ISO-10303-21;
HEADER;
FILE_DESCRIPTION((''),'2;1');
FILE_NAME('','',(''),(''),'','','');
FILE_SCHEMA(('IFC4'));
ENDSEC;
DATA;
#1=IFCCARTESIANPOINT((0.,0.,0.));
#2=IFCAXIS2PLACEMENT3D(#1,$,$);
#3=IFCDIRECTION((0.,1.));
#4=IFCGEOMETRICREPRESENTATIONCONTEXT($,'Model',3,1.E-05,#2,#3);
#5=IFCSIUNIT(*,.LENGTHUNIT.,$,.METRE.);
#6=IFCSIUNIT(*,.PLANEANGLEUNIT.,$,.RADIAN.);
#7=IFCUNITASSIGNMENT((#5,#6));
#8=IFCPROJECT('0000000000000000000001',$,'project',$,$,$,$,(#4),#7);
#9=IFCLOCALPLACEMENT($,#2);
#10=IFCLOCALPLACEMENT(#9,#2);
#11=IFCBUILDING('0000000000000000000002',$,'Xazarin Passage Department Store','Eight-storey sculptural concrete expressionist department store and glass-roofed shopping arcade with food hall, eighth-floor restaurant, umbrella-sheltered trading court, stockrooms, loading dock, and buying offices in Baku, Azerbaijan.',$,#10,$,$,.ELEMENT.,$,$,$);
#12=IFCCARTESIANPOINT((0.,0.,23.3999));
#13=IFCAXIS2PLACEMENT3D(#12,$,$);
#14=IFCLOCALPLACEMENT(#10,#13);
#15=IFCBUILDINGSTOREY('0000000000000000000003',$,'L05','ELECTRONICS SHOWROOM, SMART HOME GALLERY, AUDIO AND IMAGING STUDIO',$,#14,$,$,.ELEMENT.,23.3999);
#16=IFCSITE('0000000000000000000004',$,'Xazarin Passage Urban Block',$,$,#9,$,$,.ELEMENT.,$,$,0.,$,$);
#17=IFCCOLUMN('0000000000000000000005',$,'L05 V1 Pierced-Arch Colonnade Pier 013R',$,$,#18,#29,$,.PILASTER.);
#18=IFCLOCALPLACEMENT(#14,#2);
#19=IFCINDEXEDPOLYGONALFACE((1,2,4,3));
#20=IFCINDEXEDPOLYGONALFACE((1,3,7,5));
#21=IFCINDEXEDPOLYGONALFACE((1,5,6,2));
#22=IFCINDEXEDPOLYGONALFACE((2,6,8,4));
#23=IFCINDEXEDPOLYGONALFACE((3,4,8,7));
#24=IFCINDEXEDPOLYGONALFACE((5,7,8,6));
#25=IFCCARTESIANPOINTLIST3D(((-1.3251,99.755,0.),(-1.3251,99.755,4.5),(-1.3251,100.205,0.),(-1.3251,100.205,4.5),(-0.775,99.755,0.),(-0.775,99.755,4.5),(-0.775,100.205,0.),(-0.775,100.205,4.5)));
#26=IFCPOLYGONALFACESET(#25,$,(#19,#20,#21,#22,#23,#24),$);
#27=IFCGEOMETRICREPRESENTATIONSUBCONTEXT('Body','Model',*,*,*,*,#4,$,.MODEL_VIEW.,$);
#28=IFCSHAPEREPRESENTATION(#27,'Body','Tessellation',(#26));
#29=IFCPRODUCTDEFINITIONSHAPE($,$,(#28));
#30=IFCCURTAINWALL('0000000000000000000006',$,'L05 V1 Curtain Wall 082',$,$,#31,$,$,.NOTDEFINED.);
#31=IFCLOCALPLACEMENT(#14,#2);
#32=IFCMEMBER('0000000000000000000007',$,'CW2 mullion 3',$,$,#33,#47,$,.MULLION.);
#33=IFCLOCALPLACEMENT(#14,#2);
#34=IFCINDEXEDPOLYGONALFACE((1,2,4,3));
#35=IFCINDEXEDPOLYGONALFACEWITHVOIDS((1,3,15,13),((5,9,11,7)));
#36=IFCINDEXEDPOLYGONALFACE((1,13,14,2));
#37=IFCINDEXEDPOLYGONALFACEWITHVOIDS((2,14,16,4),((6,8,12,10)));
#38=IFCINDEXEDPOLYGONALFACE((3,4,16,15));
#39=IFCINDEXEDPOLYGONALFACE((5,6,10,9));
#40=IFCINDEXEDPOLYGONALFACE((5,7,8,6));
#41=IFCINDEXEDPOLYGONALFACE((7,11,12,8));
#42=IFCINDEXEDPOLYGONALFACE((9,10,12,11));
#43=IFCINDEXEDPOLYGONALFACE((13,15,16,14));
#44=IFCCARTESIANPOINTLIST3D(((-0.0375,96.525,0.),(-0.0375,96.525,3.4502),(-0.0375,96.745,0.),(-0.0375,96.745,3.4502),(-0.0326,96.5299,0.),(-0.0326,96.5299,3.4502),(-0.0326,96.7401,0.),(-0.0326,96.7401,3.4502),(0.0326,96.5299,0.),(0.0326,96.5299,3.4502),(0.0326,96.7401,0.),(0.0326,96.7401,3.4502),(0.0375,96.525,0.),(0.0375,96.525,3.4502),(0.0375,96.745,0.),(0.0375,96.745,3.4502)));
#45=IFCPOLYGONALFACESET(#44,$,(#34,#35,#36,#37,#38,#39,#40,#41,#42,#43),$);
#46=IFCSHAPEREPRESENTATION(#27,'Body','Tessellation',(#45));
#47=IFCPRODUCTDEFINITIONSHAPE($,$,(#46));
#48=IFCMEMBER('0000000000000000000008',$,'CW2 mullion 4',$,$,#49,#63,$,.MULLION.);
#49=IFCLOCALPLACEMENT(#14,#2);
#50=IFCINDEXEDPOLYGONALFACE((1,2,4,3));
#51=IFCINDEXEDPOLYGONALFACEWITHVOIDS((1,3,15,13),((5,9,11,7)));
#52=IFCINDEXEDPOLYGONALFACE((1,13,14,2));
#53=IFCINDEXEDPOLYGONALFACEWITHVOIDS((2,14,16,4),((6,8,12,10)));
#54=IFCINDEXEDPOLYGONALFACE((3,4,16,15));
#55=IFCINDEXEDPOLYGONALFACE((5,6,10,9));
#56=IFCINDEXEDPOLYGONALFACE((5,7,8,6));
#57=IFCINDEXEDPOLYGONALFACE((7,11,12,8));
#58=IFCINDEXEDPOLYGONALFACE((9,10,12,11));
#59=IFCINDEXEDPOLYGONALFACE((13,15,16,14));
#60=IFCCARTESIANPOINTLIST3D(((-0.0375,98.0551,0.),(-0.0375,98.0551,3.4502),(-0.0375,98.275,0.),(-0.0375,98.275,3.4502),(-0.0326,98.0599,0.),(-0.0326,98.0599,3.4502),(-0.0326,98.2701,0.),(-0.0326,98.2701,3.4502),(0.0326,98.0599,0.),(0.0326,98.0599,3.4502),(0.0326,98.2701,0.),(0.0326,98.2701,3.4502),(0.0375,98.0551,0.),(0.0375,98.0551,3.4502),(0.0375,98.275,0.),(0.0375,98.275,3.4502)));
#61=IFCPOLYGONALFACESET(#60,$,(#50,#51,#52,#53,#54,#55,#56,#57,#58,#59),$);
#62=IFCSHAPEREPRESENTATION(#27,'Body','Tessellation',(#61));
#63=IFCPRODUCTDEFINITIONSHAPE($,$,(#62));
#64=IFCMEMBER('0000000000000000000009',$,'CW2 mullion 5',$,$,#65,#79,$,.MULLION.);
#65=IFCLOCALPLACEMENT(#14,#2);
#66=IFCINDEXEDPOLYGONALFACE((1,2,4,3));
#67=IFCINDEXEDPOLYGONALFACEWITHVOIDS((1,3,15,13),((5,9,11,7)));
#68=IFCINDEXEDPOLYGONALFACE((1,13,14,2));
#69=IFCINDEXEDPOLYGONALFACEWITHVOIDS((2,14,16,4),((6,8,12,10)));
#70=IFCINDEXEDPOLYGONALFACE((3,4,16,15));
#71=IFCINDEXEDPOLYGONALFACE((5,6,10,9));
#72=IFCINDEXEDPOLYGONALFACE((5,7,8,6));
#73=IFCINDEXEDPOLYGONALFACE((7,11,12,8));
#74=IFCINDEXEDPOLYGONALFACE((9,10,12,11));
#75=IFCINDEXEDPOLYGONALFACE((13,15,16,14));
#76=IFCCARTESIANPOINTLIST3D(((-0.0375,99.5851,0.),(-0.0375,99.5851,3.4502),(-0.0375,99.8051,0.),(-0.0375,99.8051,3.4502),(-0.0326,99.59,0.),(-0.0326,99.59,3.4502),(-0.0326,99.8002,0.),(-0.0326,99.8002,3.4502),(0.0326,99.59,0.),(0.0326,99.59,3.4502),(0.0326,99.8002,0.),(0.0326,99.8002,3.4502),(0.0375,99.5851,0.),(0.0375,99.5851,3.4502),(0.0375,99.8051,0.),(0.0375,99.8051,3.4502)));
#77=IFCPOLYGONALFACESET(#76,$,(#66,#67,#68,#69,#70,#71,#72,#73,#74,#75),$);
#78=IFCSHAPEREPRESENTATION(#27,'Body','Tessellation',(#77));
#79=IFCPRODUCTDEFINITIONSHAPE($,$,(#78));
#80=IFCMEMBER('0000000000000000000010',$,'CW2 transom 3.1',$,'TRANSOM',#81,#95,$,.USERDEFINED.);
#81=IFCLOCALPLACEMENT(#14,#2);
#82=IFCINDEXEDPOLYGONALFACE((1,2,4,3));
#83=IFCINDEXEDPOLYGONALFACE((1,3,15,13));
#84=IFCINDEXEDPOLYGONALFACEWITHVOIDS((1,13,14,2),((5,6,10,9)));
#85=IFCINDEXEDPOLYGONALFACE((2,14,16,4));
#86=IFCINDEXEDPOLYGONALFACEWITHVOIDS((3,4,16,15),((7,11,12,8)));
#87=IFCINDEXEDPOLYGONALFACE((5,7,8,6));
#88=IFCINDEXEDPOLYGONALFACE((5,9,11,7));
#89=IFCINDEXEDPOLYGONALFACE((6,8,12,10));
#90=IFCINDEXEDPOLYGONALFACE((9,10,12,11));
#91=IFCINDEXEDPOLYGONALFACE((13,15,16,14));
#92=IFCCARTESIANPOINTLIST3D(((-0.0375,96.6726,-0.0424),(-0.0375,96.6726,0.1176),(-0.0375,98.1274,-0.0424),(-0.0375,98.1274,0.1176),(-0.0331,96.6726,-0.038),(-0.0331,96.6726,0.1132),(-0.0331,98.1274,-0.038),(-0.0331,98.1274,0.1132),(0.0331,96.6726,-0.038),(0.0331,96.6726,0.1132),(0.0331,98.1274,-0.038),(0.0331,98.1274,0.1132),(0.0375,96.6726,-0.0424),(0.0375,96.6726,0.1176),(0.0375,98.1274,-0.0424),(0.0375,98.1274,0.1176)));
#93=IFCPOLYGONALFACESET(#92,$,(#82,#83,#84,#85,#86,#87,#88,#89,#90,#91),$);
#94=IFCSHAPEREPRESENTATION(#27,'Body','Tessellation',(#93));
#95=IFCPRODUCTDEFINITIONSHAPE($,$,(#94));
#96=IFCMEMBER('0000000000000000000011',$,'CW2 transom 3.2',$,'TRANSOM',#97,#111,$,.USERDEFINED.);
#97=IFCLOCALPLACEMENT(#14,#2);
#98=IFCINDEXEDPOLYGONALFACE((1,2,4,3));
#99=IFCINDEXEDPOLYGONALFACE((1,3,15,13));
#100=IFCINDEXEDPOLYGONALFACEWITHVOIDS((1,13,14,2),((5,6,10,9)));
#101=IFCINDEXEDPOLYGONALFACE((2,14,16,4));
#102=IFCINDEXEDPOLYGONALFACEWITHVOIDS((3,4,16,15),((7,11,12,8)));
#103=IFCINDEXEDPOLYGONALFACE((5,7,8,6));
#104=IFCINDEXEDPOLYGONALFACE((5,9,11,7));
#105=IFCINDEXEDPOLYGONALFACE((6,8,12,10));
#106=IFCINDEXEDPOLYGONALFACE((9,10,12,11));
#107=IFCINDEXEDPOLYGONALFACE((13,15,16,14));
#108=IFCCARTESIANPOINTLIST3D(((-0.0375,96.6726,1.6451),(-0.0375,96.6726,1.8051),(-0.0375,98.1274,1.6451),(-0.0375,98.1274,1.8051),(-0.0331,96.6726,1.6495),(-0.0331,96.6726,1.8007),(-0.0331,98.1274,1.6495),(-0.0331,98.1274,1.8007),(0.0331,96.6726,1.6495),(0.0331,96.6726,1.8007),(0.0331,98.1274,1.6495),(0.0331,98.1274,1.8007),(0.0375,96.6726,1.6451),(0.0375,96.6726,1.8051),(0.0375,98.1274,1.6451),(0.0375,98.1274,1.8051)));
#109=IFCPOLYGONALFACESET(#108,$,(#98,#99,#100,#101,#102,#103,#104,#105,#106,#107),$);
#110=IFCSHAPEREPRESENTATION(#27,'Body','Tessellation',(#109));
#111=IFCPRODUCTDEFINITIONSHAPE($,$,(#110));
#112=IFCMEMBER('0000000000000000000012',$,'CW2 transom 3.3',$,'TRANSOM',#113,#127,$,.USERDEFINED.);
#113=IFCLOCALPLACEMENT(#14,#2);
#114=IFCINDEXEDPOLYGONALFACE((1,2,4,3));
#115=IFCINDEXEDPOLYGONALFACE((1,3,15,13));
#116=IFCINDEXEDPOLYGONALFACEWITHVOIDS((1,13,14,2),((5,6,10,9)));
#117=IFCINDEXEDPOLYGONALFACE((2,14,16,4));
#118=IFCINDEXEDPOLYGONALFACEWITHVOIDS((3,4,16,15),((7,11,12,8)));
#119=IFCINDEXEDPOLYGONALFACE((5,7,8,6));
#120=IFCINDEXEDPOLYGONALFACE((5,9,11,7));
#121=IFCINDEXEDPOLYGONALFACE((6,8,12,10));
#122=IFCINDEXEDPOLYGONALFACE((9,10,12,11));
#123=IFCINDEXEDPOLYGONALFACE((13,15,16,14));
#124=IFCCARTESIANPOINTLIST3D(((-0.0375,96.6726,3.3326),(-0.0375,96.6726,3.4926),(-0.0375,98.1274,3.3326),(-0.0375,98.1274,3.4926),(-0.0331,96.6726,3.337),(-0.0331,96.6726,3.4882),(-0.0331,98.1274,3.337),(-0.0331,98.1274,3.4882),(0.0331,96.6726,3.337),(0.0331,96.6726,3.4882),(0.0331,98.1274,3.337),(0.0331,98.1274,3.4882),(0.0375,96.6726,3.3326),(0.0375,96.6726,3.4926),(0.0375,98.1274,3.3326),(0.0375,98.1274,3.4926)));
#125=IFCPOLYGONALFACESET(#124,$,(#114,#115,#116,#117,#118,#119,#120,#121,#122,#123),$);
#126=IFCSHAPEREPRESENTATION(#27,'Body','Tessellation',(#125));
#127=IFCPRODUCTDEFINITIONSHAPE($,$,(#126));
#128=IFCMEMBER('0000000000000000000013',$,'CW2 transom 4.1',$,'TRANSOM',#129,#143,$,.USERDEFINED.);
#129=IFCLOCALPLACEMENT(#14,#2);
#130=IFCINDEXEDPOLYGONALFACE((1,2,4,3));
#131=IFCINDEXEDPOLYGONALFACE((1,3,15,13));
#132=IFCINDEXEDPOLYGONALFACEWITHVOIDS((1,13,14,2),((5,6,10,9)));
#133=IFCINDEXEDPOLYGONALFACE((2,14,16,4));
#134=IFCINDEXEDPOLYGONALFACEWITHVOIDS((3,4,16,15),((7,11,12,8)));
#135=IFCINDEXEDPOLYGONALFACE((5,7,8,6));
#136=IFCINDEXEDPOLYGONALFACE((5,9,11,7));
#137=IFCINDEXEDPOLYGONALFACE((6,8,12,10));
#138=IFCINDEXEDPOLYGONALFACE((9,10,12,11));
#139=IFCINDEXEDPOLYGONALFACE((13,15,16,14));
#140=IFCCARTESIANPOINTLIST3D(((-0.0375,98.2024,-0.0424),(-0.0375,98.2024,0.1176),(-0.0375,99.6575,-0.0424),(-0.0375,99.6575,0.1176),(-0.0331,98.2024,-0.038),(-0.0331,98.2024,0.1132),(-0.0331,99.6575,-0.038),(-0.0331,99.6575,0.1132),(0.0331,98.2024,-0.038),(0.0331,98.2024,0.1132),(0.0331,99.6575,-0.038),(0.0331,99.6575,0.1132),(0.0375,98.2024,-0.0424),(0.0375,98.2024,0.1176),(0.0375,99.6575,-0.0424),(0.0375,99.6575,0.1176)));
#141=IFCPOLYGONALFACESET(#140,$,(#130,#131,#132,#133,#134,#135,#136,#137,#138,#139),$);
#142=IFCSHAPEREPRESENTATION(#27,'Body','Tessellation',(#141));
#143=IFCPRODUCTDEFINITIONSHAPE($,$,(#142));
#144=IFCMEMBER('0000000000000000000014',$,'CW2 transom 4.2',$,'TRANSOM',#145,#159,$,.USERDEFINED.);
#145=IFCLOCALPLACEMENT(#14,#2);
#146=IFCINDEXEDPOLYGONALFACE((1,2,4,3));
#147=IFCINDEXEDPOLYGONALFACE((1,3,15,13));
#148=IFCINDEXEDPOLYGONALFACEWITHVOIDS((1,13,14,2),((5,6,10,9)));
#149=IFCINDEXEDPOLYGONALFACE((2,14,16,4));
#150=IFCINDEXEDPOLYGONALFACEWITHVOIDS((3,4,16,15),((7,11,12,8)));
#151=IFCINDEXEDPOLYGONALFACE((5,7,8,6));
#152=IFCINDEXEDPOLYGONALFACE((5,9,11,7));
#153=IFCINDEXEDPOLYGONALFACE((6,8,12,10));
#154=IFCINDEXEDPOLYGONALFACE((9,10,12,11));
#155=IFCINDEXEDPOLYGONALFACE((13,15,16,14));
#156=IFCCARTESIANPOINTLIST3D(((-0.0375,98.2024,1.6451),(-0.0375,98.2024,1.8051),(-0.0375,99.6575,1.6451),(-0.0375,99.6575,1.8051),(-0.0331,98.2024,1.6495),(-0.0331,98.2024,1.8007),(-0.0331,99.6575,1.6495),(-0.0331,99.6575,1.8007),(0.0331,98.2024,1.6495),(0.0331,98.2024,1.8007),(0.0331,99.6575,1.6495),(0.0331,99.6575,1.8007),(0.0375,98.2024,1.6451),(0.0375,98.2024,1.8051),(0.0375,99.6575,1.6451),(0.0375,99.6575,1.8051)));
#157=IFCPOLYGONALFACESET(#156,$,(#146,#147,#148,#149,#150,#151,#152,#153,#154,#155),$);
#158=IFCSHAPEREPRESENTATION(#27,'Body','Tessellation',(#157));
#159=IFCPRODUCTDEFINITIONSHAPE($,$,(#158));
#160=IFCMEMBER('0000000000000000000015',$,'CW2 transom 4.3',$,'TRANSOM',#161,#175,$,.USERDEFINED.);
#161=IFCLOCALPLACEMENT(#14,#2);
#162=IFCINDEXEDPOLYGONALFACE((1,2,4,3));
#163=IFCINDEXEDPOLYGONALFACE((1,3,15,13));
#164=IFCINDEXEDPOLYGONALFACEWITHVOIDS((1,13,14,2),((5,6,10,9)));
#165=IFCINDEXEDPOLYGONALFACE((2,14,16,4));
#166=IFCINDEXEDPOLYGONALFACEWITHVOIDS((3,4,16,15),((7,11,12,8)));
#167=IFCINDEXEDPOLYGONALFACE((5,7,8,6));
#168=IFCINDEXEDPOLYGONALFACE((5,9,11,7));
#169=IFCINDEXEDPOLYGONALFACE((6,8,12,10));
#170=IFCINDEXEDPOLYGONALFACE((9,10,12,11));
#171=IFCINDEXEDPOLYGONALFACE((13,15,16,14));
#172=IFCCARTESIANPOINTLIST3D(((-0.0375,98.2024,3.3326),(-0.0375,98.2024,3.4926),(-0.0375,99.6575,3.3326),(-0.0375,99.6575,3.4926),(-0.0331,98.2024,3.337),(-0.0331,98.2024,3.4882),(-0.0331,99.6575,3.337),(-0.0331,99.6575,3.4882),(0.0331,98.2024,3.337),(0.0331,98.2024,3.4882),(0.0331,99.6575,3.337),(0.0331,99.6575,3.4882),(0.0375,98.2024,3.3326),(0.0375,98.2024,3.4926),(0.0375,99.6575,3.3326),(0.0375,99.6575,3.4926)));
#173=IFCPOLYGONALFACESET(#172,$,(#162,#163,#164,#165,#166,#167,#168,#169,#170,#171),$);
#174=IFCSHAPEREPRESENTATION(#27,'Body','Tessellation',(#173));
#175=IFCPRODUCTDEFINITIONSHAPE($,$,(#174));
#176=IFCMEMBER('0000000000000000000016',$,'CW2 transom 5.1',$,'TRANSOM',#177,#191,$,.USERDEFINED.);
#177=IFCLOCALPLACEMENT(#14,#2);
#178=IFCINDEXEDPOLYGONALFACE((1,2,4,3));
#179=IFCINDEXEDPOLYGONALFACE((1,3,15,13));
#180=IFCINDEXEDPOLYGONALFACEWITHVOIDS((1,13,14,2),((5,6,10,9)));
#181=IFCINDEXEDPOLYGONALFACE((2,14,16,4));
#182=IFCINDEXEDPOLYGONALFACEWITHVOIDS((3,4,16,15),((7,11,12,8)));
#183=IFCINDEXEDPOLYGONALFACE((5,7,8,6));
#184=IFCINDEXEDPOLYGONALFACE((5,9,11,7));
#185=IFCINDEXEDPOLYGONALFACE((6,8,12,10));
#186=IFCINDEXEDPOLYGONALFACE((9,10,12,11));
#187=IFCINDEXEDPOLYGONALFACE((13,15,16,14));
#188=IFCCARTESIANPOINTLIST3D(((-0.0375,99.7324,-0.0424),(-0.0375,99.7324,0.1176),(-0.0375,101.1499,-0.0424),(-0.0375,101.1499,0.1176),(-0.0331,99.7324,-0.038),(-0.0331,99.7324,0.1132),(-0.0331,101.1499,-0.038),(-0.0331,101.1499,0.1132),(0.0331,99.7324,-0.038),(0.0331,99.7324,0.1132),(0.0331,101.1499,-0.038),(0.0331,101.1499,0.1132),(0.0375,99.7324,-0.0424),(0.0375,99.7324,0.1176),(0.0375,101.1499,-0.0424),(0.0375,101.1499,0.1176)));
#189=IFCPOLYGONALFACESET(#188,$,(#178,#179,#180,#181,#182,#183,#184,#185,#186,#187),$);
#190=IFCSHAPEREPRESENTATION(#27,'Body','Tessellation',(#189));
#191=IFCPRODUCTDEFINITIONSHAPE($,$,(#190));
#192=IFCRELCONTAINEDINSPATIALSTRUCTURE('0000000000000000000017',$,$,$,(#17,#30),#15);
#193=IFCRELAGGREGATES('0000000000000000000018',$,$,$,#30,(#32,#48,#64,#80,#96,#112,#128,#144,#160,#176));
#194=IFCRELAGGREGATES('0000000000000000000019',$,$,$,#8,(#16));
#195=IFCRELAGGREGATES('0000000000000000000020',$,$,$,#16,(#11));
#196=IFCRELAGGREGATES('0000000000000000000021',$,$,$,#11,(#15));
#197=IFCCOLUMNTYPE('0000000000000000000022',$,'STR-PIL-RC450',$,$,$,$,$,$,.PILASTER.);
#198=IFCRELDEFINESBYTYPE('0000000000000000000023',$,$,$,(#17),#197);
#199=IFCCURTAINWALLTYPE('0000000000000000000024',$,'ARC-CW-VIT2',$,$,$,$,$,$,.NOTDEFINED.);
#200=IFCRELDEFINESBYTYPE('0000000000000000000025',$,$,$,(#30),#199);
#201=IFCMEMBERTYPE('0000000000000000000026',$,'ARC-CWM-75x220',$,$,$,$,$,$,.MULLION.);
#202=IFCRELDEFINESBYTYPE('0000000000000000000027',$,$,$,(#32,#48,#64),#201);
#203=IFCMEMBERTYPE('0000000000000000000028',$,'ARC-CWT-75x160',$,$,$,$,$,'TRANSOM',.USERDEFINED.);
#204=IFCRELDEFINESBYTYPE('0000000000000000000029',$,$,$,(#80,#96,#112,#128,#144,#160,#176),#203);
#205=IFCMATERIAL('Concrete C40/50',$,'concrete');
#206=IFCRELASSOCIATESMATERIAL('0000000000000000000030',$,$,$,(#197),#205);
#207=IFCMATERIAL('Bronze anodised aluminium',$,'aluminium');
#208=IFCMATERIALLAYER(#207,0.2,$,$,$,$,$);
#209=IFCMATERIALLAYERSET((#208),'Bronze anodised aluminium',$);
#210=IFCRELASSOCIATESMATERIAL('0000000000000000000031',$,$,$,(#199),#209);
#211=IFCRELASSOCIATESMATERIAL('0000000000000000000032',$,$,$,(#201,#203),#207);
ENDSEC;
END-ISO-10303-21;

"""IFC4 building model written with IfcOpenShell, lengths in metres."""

from ifc_helpers import new_model, si_unit, direction, frame, origin, origin_2d, place, context, subcontext, project, spatial, rectangle, hollow_rectangle, extrude, material, layer, layer_set, material_profile, profile_set, type_object, element, aggregate, save


model = new_model("IFC4")

# Units and contexts
model_context = context("Model", 3, precision=1e-05, world=origin(), true_north=direction((0.0, 1.0)))
body_context = subcontext(model_context, "Body", "Model", "MODEL_VIEW")
ifc_project = project(units=[si_unit("LENGTHUNIT", "METRE"), si_unit("PLANEANGLEUNIT", "RADIAN")], contexts=[model_context])

# Site, building, storey
site_placement = place(None, origin())
site = spatial("IfcSite", under=ifc_project, at=site_placement, Name="Xazarin Passage Urban Block", CompositionType="ELEMENT", RefElevation=0.0)
building_placement = place(site_placement, origin())
building = spatial("IfcBuilding", under=site, at=building_placement, Name="Xazarin Passage Department Store", Description="Eight-storey sculptural concrete expressionist department store and glass-roofed shopping arcade with food hall, eighth-floor restaurant, umbrella-sheltered trading court, stockrooms, loading dock, and buying offices in Baku, Azerbaijan.", CompositionType="ELEMENT")
storey_placement = place(building_placement, frame((0.0, 0.0, 23.3999)))
storey = spatial("IfcBuildingStorey", under=building, at=storey_placement, Name="L05", Description="ELECTRONICS SHOWROOM, SMART HOME GALLERY, AUDIO AND IMAGING STUDIO", CompositionType="ELEMENT", Elevation=23.3999)

# Column
ifc_material_1 = material(Name="Concrete C40/50", Category="concrete")
ifc_material_profile_1 = material_profile(ifc_material_1, rectangle(XDim=0.45, YDim=0.55, at=origin_2d()), Name="RC 450x550")
ifc_profile_set_1 = profile_set([ifc_material_profile_1], Name="Concrete C40/50")
column_type = type_object("IfcColumnType", Name="STR-PIL-RC450", PredefinedType="PILASTER", material=ifc_profile_set_1)
column_placement = place(storey_placement, frame((-1.05, 99.98, 0.0), z_axis=(0.0, 0.0, 1.0), x_axis=(0.0, 1.0, 0.0)))
element("IfcColumn", 1, at=column_placement, inside=storey, type_object=column_type, Name="L05 V1 Pierced-Arch Colonnade Pier 013R", PredefinedType="PILASTER", context=body_context, shape_type="SweptSolid", body=[
    extrude(rectangle(XDim=0.45, YDim=0.55, at=origin_2d()), origin(), (0.0, 0.0, 1.0), 4.5),
])

# Curtain wall, members
ifc_material_2 = material(Name="Bronze anodised aluminium", Category="aluminium")
ifc_layer_1 = layer(ifc_material_2, 0.2)
ifc_layer_set_1 = layer_set([ifc_layer_1], Name="Bronze anodised aluminium")
curtain_wall_type = type_object("IfcCurtainWallType", Name="ARC-CW-VIT2", PredefinedType="NOTDEFINED", material=ifc_layer_set_1)
curtain_wall_placement = place(storey_placement, origin())
curtain_wall = element("IfcCurtainWall", 2, at=curtain_wall_placement, inside=storey, type_object=curtain_wall_type, Name="L05 V1 Curtain Wall 082", PredefinedType="NOTDEFINED")
ifc_material_profile_2 = material_profile(ifc_material_2, hollow_rectangle(XDim=0.075, YDim=0.22, WallThickness=0.0049, at=origin_2d()), Name="ALU 75x220")
ifc_profile_set_2 = profile_set([ifc_material_profile_2], Name="Bronze anodised aluminium")
member_type_1 = type_object("IfcMemberType", Name="ARC-CWM-75x220", PredefinedType="MULLION", material=ifc_profile_set_2)
member_1_placement = place(storey_placement, frame((0.0, 96.635, 0.0), z_axis=(0.0, 0.0, 1.0), x_axis=(-1.0, 0.0, 0.0)))
member_1 = element("IfcMember", 3, at=member_1_placement, type_object=member_type_1, Name="CW2 mullion 3", PredefinedType="MULLION", context=body_context, shape_type="SweptSolid", body=[
    extrude(hollow_rectangle(XDim=0.075, YDim=0.22, WallThickness=0.0049, at=origin_2d()), origin(), (0.0, 0.0, 1.0), 3.4502),
])
member_2_placement = place(storey_placement, frame((0.0, 98.165, 0.0), z_axis=(0.0, 0.0, 1.0), x_axis=(-1.0, 0.0, 0.0)))
member_2 = element("IfcMember", 4, at=member_2_placement, type_object=member_type_1, Name="CW2 mullion 4", PredefinedType="MULLION", context=body_context, shape_type="SweptSolid", body=[
    extrude(hollow_rectangle(XDim=0.075, YDim=0.22, WallThickness=0.0049, at=origin_2d()), origin(), (0.0, 0.0, 1.0), 3.4502),
])
member_3_placement = place(storey_placement, frame((0.0, 99.6951, 0.0), z_axis=(0.0, 0.0, 1.0), x_axis=(-1.0, 0.0, 0.0)))
member_3 = element("IfcMember", 5, at=member_3_placement, type_object=member_type_1, Name="CW2 mullion 5", PredefinedType="MULLION", context=body_context, shape_type="SweptSolid", body=[
    extrude(hollow_rectangle(XDim=0.075, YDim=0.22, WallThickness=0.0049, at=origin_2d()), origin(), (0.0, 0.0, 1.0), 3.4502),
])
ifc_material_profile_3 = material_profile(ifc_material_2, hollow_rectangle(XDim=0.075, YDim=0.1599, WallThickness=0.0044, at=origin_2d()), Name="ALU 75x160")
ifc_profile_set_3 = profile_set([ifc_material_profile_3], Name="Bronze anodised aluminium")
member_type_2 = type_object("IfcMemberType", Name="ARC-CWT-75x160", ElementType="TRANSOM", PredefinedType="USERDEFINED", material=ifc_profile_set_3)
member_4_placement = place(storey_placement, frame((0.0, 96.6726, 0.0376), z_axis=(0.0, 1.0, 0.0), x_axis=(-1.0, 0.0, 0.0)))
member_4 = element("IfcMember", 6, at=member_4_placement, type_object=member_type_2, Name="CW2 transom 3.1", ObjectType="TRANSOM", PredefinedType="USERDEFINED", context=body_context, shape_type="SweptSolid", body=[
    extrude(hollow_rectangle(XDim=0.075, YDim=0.1599, WallThickness=0.0044, at=origin_2d()), origin(), (0.0, 0.0, 1.0), 1.4548),
])
member_5_placement = place(storey_placement, frame((0.0, 96.6726, 1.7251), z_axis=(0.0, 1.0, 0.0), x_axis=(-1.0, 0.0, 0.0)))
member_5 = element("IfcMember", 7, at=member_5_placement, type_object=member_type_2, Name="CW2 transom 3.2", ObjectType="TRANSOM", PredefinedType="USERDEFINED", context=body_context, shape_type="SweptSolid", body=[
    extrude(hollow_rectangle(XDim=0.075, YDim=0.1599, WallThickness=0.0044, at=origin_2d()), origin(), (0.0, 0.0, 1.0), 1.4548),
])
member_6_placement = place(storey_placement, frame((0.0, 96.6726, 3.4126), z_axis=(0.0, 1.0, 0.0), x_axis=(-1.0, 0.0, 0.0)))
member_6 = element("IfcMember", 8, at=member_6_placement, type_object=member_type_2, Name="CW2 transom 3.3", ObjectType="TRANSOM", PredefinedType="USERDEFINED", context=body_context, shape_type="SweptSolid", body=[
    extrude(hollow_rectangle(XDim=0.075, YDim=0.1599, WallThickness=0.0044, at=origin_2d()), origin(), (0.0, 0.0, 1.0), 1.4548),
])
member_7_placement = place(storey_placement, frame((0.0, 98.2024, 0.0376), z_axis=(0.0, 1.0, 0.0), x_axis=(-1.0, 0.0, 0.0)))
member_7 = element("IfcMember", 9, at=member_7_placement, type_object=member_type_2, Name="CW2 transom 4.1", ObjectType="TRANSOM", PredefinedType="USERDEFINED", context=body_context, shape_type="SweptSolid", body=[
    extrude(hollow_rectangle(XDim=0.075, YDim=0.1599, WallThickness=0.0044, at=origin_2d()), origin(), (0.0, 0.0, 1.0), 1.4551),
])
member_8_placement = place(storey_placement, frame((0.0, 98.2024, 1.7251), z_axis=(0.0, 1.0, 0.0), x_axis=(-1.0, 0.0, 0.0)))
member_8 = element("IfcMember", 10, at=member_8_placement, type_object=member_type_2, Name="CW2 transom 4.2", ObjectType="TRANSOM", PredefinedType="USERDEFINED", context=body_context, shape_type="SweptSolid", body=[
    extrude(hollow_rectangle(XDim=0.075, YDim=0.1599, WallThickness=0.0044, at=origin_2d()), origin(), (0.0, 0.0, 1.0), 1.4551),
])
member_9_placement = place(storey_placement, frame((0.0, 98.2024, 3.4126), z_axis=(0.0, 1.0, 0.0), x_axis=(-1.0, 0.0, 0.0)))
member_9 = element("IfcMember", 11, at=member_9_placement, type_object=member_type_2, Name="CW2 transom 4.3", ObjectType="TRANSOM", PredefinedType="USERDEFINED", context=body_context, shape_type="SweptSolid", body=[
    extrude(hollow_rectangle(XDim=0.075, YDim=0.1599, WallThickness=0.0044, at=origin_2d()), origin(), (0.0, 0.0, 1.0), 1.4551),
])
member_10_placement = place(storey_placement, frame((0.0, 99.7324, 0.0376), z_axis=(0.0, 1.0, 0.0), x_axis=(-1.0, 0.0, 0.0)))
member_10 = element("IfcMember", 12, at=member_10_placement, type_object=member_type_2, Name="CW2 transom 5.1", ObjectType="TRANSOM", PredefinedType="USERDEFINED", context=body_context, shape_type="SweptSolid", body=[
    extrude(hollow_rectangle(XDim=0.075, YDim=0.1599, WallThickness=0.0044, at=origin_2d()), origin(), (0.0, 0.0, 1.0), 1.4175),
])

aggregate(curtain_wall, [member_1, member_2, member_3, member_4, member_5, member_6, member_7, member_8, member_9, member_10])

save(model, "model.ifc")
